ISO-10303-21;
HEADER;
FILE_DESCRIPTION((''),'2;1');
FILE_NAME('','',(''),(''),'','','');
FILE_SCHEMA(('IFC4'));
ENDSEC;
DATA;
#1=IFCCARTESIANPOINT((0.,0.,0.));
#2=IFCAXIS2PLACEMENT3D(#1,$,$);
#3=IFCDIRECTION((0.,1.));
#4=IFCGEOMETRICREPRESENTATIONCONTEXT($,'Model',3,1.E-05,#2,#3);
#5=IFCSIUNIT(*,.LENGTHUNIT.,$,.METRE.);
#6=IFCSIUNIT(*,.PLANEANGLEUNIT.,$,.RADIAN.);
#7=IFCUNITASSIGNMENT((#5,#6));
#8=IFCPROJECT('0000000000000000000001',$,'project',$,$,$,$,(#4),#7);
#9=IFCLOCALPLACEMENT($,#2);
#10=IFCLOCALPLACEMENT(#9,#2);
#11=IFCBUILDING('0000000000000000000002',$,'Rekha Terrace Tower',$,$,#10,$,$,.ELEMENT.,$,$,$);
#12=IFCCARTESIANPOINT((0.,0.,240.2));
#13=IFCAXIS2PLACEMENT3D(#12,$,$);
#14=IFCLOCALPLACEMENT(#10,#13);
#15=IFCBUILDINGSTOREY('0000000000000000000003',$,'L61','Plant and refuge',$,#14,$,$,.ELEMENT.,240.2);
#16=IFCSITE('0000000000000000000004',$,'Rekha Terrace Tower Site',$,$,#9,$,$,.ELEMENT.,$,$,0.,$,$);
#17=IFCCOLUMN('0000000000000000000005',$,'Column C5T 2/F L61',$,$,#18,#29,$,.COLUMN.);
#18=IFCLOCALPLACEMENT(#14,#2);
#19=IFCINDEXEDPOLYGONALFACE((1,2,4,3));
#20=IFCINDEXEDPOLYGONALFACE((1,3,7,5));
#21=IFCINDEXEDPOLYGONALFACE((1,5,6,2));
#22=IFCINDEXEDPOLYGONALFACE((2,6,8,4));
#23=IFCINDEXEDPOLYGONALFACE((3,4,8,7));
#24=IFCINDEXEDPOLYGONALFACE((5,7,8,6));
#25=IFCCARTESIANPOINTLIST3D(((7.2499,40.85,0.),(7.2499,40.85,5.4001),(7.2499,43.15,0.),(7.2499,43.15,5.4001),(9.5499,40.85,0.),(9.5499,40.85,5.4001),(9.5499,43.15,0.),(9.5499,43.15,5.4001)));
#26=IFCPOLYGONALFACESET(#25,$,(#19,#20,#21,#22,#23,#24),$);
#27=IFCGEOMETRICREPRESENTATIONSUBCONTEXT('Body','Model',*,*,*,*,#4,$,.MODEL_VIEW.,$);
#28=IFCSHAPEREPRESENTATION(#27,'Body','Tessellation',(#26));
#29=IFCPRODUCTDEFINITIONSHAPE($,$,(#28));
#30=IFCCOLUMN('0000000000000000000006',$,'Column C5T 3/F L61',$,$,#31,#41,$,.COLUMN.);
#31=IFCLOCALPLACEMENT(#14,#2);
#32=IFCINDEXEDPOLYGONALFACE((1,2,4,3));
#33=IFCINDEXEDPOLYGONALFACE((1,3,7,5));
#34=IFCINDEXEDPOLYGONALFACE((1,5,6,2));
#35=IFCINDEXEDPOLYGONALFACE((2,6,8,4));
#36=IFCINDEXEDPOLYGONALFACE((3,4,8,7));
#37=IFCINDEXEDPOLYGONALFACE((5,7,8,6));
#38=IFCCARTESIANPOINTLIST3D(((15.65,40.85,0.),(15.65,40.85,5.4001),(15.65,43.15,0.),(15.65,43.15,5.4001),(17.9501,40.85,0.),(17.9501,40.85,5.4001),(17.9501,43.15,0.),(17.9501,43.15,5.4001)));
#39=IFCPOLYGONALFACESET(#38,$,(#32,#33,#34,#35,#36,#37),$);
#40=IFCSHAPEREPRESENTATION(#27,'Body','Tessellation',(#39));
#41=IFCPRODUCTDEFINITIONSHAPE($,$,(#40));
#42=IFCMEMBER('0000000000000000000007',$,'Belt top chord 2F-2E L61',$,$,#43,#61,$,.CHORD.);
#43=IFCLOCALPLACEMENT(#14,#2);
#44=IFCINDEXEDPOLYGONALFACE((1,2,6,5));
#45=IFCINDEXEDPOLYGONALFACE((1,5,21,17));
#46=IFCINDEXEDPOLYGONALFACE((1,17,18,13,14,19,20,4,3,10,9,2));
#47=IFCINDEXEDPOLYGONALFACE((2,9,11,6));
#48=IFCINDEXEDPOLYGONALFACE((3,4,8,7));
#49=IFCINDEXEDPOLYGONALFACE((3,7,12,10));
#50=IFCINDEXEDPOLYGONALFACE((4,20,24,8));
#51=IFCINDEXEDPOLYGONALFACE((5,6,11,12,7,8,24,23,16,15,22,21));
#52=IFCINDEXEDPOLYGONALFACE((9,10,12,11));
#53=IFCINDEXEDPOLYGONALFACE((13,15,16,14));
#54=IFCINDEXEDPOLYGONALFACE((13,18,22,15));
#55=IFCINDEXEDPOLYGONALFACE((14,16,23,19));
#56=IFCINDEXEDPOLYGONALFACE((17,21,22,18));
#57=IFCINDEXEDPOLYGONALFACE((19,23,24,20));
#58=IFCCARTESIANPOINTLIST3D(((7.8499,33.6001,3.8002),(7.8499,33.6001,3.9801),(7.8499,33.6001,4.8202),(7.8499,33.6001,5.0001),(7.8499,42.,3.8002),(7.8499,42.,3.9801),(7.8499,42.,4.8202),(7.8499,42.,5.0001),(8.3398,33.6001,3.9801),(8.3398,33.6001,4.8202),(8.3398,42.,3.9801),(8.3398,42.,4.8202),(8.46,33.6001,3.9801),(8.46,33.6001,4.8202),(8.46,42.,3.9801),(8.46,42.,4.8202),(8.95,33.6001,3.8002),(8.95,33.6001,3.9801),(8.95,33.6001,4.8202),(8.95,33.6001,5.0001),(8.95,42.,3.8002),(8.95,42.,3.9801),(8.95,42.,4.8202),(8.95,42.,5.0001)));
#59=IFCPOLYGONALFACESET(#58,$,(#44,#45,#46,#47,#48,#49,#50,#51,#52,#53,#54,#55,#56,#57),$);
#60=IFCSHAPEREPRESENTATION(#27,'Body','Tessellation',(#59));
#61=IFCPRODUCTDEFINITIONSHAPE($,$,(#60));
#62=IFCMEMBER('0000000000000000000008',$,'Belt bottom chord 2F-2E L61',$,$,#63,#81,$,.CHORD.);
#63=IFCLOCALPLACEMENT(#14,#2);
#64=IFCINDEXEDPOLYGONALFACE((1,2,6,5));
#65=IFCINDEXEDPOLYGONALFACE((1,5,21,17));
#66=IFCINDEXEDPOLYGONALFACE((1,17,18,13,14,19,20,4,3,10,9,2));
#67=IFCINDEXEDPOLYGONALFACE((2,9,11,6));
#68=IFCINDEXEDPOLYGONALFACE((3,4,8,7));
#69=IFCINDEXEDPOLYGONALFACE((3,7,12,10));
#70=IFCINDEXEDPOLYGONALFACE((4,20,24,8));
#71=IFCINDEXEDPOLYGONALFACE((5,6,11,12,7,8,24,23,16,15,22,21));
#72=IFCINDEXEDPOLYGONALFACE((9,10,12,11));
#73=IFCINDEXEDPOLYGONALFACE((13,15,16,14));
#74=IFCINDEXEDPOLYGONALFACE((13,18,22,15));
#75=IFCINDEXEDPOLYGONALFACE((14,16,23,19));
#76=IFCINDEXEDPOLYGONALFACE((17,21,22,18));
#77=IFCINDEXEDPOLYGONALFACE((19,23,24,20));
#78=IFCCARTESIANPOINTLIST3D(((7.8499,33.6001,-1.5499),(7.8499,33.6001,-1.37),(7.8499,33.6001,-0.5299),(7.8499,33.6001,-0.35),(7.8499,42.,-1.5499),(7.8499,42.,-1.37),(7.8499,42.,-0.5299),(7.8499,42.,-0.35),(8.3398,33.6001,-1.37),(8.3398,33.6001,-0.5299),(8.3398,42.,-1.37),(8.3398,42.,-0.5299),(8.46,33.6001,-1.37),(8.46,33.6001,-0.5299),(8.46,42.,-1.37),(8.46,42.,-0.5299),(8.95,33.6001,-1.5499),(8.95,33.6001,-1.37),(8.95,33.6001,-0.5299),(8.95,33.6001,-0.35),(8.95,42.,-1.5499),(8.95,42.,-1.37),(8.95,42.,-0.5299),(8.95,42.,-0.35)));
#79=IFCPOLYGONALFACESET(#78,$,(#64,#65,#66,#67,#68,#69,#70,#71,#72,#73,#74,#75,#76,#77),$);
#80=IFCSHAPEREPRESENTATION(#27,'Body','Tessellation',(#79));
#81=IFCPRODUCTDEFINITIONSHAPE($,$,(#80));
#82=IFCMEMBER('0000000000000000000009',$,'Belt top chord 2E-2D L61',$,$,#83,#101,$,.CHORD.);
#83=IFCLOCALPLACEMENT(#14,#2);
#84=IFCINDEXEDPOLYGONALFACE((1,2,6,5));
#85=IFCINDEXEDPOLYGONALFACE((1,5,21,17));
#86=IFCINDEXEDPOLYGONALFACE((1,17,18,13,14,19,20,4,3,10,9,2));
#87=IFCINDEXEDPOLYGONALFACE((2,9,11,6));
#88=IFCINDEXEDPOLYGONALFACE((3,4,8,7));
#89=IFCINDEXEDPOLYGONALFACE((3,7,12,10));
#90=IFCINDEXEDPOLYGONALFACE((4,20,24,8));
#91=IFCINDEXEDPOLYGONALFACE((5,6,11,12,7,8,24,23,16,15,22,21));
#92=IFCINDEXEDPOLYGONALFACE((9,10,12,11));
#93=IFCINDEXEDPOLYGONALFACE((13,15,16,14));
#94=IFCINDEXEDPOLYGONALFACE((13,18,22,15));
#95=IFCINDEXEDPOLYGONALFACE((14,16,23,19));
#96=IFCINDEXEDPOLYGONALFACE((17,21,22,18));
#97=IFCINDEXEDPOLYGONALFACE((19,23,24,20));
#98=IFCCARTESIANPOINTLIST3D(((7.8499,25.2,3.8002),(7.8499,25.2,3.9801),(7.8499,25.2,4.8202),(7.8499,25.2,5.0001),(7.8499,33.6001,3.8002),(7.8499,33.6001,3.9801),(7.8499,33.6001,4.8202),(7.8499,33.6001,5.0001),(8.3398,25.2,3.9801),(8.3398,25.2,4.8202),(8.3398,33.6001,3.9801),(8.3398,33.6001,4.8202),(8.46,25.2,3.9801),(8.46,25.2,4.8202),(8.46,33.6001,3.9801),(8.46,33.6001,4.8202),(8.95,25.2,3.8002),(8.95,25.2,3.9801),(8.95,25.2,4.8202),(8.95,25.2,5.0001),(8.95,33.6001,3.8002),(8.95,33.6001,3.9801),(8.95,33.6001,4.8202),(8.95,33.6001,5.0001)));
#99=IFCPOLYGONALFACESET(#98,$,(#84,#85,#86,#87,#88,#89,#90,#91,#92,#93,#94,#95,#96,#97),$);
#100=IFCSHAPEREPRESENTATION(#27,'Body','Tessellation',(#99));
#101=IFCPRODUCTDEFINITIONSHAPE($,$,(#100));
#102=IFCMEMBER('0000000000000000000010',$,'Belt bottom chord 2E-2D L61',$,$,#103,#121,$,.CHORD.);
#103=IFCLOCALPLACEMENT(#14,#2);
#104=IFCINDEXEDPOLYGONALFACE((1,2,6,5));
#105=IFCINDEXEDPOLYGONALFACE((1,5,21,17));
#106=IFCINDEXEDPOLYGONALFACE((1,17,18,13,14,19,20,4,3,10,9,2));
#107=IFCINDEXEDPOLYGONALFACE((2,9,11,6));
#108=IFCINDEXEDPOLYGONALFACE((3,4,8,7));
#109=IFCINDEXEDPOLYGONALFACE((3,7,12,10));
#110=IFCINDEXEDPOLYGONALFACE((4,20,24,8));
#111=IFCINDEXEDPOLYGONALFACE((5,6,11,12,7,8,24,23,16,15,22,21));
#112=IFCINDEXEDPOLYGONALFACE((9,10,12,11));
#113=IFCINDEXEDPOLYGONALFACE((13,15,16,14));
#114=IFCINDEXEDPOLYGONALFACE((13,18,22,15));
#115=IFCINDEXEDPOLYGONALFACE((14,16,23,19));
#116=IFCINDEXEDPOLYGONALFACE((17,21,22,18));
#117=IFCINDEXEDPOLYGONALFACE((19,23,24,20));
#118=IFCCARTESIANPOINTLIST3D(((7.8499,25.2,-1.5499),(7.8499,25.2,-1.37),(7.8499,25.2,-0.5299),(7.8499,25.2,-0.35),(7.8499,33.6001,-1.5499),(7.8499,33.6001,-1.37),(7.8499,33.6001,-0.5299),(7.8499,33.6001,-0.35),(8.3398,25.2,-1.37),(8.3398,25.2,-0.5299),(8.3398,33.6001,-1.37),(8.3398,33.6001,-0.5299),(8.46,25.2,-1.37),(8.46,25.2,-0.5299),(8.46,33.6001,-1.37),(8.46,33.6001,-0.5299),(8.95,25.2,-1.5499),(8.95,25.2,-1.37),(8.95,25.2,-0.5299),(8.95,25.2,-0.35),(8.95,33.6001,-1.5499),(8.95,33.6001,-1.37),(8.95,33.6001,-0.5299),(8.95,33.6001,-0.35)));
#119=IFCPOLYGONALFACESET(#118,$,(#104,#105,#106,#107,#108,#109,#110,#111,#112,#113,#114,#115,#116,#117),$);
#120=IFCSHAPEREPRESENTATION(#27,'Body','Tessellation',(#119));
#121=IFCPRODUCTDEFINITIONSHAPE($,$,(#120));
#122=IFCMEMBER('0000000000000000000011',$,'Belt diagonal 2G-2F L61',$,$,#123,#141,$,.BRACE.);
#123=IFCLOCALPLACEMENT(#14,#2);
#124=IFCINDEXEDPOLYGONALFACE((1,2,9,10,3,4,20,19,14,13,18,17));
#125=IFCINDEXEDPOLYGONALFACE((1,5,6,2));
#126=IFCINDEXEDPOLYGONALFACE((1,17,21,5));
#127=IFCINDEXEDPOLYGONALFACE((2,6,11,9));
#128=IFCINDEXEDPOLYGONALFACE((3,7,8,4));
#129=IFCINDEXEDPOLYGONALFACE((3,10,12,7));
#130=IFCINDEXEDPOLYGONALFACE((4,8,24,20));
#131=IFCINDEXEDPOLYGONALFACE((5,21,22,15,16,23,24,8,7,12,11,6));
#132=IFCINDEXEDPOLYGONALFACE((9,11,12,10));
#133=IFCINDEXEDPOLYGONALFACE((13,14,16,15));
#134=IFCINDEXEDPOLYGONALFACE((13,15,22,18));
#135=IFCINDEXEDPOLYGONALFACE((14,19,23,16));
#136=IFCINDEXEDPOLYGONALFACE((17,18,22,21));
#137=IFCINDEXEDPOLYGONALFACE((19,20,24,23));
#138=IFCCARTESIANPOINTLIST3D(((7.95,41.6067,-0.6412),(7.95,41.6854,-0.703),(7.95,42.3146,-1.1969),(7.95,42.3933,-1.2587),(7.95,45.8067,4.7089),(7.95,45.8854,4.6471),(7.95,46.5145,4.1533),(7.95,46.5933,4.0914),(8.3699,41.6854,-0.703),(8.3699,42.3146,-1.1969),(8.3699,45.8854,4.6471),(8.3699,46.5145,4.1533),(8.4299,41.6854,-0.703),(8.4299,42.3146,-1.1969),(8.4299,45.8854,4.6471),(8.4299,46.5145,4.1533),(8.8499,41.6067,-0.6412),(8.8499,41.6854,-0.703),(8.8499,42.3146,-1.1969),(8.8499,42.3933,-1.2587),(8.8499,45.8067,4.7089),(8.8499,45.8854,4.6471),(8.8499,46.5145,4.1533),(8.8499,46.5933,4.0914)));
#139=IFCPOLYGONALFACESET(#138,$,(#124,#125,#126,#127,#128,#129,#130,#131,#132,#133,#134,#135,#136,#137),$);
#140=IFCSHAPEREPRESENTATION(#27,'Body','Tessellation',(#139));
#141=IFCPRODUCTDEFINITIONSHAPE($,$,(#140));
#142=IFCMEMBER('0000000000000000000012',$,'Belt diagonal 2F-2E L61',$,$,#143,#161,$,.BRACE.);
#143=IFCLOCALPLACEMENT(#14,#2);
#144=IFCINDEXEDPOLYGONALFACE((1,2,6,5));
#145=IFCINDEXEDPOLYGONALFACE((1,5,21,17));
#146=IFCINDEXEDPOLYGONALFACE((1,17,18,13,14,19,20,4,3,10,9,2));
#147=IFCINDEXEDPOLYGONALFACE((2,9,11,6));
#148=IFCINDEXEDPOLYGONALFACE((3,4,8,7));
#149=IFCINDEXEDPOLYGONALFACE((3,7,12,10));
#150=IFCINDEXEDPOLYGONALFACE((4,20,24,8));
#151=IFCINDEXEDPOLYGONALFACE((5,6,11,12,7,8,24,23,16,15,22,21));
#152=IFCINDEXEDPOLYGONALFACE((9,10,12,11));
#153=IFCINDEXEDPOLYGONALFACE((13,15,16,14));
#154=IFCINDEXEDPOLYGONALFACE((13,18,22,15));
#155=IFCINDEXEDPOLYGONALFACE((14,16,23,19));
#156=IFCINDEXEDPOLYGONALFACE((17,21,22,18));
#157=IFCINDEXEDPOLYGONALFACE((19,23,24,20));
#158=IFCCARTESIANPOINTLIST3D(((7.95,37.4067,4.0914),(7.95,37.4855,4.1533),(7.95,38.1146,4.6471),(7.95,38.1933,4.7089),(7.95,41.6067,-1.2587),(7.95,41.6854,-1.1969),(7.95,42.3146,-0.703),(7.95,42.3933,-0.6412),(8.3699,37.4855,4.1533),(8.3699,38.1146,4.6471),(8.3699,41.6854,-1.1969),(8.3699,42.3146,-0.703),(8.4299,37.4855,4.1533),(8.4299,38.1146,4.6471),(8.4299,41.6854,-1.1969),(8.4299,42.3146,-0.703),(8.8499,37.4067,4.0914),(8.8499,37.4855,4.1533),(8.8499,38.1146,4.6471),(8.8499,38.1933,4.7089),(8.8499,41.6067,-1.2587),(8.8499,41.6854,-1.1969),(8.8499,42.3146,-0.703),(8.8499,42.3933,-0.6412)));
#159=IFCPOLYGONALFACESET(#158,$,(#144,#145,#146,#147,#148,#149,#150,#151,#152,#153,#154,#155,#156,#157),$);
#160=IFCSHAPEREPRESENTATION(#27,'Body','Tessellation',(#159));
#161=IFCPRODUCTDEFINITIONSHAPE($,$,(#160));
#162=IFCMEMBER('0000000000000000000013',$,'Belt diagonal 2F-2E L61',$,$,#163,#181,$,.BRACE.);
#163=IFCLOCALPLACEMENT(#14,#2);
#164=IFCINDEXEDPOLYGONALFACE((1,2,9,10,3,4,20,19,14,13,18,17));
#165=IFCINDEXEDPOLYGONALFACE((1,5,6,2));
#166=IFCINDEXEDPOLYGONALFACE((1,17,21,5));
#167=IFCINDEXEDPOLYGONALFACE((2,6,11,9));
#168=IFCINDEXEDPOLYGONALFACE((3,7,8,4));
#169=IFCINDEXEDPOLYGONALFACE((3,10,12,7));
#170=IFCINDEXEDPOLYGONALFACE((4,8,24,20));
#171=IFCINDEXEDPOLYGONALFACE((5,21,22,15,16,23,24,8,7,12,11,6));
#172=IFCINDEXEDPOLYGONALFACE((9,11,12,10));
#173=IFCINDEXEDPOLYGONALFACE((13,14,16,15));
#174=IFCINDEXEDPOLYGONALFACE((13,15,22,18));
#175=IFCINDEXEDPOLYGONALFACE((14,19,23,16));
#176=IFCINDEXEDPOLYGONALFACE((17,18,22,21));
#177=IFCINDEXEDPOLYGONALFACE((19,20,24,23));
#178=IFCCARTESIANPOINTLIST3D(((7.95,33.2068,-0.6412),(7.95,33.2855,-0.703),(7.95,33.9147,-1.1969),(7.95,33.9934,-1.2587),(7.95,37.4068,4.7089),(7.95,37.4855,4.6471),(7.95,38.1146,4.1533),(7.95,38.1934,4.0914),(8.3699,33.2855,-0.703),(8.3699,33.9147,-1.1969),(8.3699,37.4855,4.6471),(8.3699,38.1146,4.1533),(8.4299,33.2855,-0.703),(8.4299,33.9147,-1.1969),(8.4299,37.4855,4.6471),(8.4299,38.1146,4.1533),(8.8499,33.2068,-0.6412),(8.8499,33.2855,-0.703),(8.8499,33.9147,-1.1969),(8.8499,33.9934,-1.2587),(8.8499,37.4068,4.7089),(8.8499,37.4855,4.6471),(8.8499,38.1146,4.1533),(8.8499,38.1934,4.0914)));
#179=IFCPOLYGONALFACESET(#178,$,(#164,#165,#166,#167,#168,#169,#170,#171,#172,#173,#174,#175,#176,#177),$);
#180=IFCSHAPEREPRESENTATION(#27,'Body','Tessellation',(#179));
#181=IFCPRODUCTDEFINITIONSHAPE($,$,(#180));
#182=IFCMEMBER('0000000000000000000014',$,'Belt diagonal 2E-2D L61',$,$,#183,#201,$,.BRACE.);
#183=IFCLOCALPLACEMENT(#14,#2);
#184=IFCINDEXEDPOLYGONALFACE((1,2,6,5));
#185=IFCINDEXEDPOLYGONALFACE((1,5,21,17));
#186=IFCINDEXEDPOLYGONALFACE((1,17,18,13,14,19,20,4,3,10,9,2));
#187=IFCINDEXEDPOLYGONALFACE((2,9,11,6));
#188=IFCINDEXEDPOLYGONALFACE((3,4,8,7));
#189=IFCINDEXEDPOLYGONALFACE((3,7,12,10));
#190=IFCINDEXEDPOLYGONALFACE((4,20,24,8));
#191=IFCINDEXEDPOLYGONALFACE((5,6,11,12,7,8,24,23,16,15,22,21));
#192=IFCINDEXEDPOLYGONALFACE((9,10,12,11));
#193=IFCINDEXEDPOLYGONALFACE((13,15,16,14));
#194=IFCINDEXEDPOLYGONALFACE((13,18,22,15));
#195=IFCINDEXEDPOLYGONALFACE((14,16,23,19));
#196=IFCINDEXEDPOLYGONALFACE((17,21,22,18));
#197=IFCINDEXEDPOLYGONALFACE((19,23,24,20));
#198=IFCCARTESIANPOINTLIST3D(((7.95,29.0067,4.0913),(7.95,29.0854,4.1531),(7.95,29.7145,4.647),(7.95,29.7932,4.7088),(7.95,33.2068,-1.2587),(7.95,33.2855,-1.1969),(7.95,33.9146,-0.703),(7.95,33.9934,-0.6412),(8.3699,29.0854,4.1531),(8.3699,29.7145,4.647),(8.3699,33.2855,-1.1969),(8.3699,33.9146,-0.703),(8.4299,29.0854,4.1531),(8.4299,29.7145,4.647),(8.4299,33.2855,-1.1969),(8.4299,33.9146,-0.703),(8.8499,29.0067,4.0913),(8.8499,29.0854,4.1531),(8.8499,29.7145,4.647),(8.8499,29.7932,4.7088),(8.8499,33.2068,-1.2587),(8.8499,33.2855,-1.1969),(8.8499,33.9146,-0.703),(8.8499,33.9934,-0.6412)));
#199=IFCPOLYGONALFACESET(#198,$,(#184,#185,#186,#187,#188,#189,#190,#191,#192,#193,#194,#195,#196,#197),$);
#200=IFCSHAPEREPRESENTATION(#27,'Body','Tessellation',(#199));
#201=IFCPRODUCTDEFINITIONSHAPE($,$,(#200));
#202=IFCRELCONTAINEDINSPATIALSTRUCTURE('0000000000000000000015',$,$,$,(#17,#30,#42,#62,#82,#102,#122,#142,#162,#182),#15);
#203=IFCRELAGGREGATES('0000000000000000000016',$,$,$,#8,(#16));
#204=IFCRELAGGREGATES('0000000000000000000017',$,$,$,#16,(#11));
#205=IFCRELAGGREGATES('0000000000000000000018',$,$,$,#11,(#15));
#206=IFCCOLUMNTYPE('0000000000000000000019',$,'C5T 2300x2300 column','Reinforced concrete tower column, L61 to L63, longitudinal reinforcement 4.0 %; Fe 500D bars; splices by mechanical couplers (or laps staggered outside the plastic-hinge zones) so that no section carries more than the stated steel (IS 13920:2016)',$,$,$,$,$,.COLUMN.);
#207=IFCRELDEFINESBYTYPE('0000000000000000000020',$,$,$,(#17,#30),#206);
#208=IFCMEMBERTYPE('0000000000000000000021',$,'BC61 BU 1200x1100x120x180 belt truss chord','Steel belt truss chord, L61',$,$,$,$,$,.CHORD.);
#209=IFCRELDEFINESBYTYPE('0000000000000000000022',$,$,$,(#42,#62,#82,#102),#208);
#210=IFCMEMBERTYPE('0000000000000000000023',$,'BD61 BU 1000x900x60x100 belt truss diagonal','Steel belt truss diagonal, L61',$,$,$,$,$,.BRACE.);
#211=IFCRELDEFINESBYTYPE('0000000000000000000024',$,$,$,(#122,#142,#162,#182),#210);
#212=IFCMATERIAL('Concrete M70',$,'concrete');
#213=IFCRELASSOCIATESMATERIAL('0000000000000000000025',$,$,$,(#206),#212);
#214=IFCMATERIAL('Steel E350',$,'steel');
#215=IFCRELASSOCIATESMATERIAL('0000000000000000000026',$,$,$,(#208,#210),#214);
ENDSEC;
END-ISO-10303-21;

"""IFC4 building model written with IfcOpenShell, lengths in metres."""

from ifc_helpers import new_model, si_unit, direction, frame, origin, origin_2d, place, context, subcontext, project, spatial, rectangle, i_section, extrude, material, material_profile, profile_set, type_object, element, save


model = new_model("IFC4")

# Units and contexts
model_context = context("Model", 3, precision=1e-05, world=origin(), true_north=direction((0.0, 1.0)))
body_context = subcontext(model_context, "Body", "Model", "MODEL_VIEW")
ifc_project = project(units=[si_unit("LENGTHUNIT", "METRE"), si_unit("PLANEANGLEUNIT", "RADIAN")], contexts=[model_context])

# Site, building, storey
site_placement = place(None, origin())
site = spatial("IfcSite", under=ifc_project, at=site_placement, Name="Rekha Terrace Tower Site", CompositionType="ELEMENT", RefElevation=0.0)
building_placement = place(site_placement, origin())
building = spatial("IfcBuilding", under=site, at=building_placement, Name="Rekha Terrace Tower", CompositionType="ELEMENT")
storey_placement = place(building_placement, frame((0.0, 0.0, 240.2)))
storey = spatial("IfcBuildingStorey", under=building, at=storey_placement, Name="L61", Description="Plant and refuge", CompositionType="ELEMENT", Elevation=240.2)

# Columns
ifc_material_1 = material(Name="Concrete M70", Category="concrete")
ifc_material_profile_1 = material_profile(ifc_material_1, rectangle(XDim=2.3, YDim=2.3, at=origin_2d()), Name="RC 2300x2300")
ifc_profile_set_1 = profile_set([ifc_material_profile_1], Name="Concrete M70")
column_type = type_object("IfcColumnType", Name="C5T 2300x2300 column", Description="Reinforced concrete tower column, L61 to L63, longitudinal reinforcement 4.0 %; Fe 500D bars; splices by mechanical couplers (or laps staggered outside the plastic-hinge zones) so that no section carries more than the stated steel (IS 13920:2016)", PredefinedType="COLUMN", material=ifc_profile_set_1)
for number, where, z_axis, x_axis, name in (
    (1, (8.3999, 42.0, 0.0), (0.0, 0.0, 1.0), (1.0, 0.0, 0.0), "Column C5T 2/F L61"),
    (2, (16.8, 42.0, 0.0), (0.0, 0.0, 1.0), (1.0, 0.0, 0.0), "Column C5T 3/F L61"),
):
    element("IfcColumn", number, at=place(storey_placement, frame(where, z_axis=z_axis, x_axis=x_axis)), inside=storey, type_object=column_type, Name=name, PredefinedType="COLUMN", context=body_context, shape_type="SweptSolid", body=[
        extrude(rectangle(XDim=2.3, YDim=2.3, at=origin_2d()), origin(), (0.0, 0.0, 1.0), 5.4001),
    ])

# Members
ifc_material_2 = material(Name="Steel E350", Category="steel")
ifc_material_profile_2 = material_profile(ifc_material_2, i_section(OverallWidth=1.1001, OverallDepth=1.2, WebThickness=0.1201, FlangeThickness=0.1799, at=origin_2d()), Name="BU 1200x1100x120x180")
ifc_profile_set_2 = profile_set([ifc_material_profile_2], Name="Steel E350")
member_type_1 = type_object("IfcMemberType", Name="BC61 BU 1200x1100x120x180 belt truss chord", Description="Steel belt truss chord, L61", PredefinedType="CHORD", material=ifc_profile_set_2)
for number, where, z_axis, x_axis, name in (
    (3, (8.3999, 42.0, 4.4001), (0.0, -1.0, 0.0), (1.0, 0.0, 0.0), "Belt top chord 2F-2E L61"),
    (4, (8.3999, 42.0, -0.95), (0.0, -1.0, 0.0), (1.0, 0.0, 0.0), "Belt bottom chord 2F-2E L61"),
):
    element("IfcMember", number, at=place(storey_placement, frame(where, z_axis=z_axis, x_axis=x_axis)), inside=storey, type_object=member_type_1, Name=name, PredefinedType="CHORD", context=body_context, shape_type="SweptSolid", body=[
        extrude(i_section(OverallWidth=1.1001, OverallDepth=1.2, WebThickness=0.1201, FlangeThickness=0.1799, at=origin_2d()), origin(), (0.0, 0.0, 1.0), 8.3999),
    ])
for number, where, z_axis, x_axis, name in (
    (5, (8.3999, 33.6001, 4.4001), (0.0, -1.0, 0.0), (1.0, 0.0, 0.0), "Belt top chord 2E-2D L61"),
    (6, (8.3999, 33.6001, -0.95), (0.0, -1.0, 0.0), (1.0, 0.0, 0.0), "Belt bottom chord 2E-2D L61"),
):
    element("IfcMember", number, at=place(storey_placement, frame(where, z_axis=z_axis, x_axis=x_axis)), inside=storey, type_object=member_type_1, Name=name, PredefinedType="CHORD", context=body_context, shape_type="SweptSolid", body=[
        extrude(i_section(OverallWidth=1.1001, OverallDepth=1.2, WebThickness=0.1201, FlangeThickness=0.1799, at=origin_2d()), origin(), (0.0, 0.0, 1.0), 8.4001),
    ])
ifc_material_profile_3 = material_profile(ifc_material_2, i_section(OverallWidth=0.8999, OverallDepth=1.0, WebThickness=0.0601, FlangeThickness=0.1001, at=origin_2d()), Name="BU 1000x900x60x100")
ifc_profile_set_3 = profile_set([ifc_material_profile_3], Name="Steel E350")
member_type_2 = type_object("IfcMemberType", Name="BD61 BU 1000x900x60x100 belt truss diagonal", Description="Steel belt truss diagonal, L61", PredefinedType="BRACE", material=ifc_profile_set_3)
for number, where, z_axis, x_axis, name in (
    (7, (8.3999, 42.0, -0.95), (0.0, 0.617485, 0.786582), (-1.0, 0.0, 0.0), "Belt diagonal 2G-2F L61"),
    (8, (8.3999, 42.0, -0.95), (0.0, -0.617485, 0.786582), (1.0, 0.0, 0.0), "Belt diagonal 2F-2E L61"),
    (9, (8.3999, 33.6001, -0.95), (0.0, 0.617485, 0.786582), (-1.0, 0.0, 0.0), "Belt diagonal 2F-2E L61"),
    (10, (8.3999, 33.6001, -0.95), (0.0, -0.617508, 0.786565), (1.0, 0.0, 0.0), "Belt diagonal 2E-2D L61"),
):
    element("IfcMember", number, at=place(storey_placement, frame(where, z_axis=z_axis, x_axis=x_axis)), inside=storey, type_object=member_type_2, Name=name, PredefinedType="BRACE", context=body_context, shape_type="SweptSolid", body=[
        extrude(i_section(OverallWidth=0.8999, OverallDepth=1.0, WebThickness=0.0601, FlangeThickness=0.1001, at=origin_2d()), origin(), (0.0, 0.0, 1.0), 6.8018),
    ])

save(model, "model.ifc")
